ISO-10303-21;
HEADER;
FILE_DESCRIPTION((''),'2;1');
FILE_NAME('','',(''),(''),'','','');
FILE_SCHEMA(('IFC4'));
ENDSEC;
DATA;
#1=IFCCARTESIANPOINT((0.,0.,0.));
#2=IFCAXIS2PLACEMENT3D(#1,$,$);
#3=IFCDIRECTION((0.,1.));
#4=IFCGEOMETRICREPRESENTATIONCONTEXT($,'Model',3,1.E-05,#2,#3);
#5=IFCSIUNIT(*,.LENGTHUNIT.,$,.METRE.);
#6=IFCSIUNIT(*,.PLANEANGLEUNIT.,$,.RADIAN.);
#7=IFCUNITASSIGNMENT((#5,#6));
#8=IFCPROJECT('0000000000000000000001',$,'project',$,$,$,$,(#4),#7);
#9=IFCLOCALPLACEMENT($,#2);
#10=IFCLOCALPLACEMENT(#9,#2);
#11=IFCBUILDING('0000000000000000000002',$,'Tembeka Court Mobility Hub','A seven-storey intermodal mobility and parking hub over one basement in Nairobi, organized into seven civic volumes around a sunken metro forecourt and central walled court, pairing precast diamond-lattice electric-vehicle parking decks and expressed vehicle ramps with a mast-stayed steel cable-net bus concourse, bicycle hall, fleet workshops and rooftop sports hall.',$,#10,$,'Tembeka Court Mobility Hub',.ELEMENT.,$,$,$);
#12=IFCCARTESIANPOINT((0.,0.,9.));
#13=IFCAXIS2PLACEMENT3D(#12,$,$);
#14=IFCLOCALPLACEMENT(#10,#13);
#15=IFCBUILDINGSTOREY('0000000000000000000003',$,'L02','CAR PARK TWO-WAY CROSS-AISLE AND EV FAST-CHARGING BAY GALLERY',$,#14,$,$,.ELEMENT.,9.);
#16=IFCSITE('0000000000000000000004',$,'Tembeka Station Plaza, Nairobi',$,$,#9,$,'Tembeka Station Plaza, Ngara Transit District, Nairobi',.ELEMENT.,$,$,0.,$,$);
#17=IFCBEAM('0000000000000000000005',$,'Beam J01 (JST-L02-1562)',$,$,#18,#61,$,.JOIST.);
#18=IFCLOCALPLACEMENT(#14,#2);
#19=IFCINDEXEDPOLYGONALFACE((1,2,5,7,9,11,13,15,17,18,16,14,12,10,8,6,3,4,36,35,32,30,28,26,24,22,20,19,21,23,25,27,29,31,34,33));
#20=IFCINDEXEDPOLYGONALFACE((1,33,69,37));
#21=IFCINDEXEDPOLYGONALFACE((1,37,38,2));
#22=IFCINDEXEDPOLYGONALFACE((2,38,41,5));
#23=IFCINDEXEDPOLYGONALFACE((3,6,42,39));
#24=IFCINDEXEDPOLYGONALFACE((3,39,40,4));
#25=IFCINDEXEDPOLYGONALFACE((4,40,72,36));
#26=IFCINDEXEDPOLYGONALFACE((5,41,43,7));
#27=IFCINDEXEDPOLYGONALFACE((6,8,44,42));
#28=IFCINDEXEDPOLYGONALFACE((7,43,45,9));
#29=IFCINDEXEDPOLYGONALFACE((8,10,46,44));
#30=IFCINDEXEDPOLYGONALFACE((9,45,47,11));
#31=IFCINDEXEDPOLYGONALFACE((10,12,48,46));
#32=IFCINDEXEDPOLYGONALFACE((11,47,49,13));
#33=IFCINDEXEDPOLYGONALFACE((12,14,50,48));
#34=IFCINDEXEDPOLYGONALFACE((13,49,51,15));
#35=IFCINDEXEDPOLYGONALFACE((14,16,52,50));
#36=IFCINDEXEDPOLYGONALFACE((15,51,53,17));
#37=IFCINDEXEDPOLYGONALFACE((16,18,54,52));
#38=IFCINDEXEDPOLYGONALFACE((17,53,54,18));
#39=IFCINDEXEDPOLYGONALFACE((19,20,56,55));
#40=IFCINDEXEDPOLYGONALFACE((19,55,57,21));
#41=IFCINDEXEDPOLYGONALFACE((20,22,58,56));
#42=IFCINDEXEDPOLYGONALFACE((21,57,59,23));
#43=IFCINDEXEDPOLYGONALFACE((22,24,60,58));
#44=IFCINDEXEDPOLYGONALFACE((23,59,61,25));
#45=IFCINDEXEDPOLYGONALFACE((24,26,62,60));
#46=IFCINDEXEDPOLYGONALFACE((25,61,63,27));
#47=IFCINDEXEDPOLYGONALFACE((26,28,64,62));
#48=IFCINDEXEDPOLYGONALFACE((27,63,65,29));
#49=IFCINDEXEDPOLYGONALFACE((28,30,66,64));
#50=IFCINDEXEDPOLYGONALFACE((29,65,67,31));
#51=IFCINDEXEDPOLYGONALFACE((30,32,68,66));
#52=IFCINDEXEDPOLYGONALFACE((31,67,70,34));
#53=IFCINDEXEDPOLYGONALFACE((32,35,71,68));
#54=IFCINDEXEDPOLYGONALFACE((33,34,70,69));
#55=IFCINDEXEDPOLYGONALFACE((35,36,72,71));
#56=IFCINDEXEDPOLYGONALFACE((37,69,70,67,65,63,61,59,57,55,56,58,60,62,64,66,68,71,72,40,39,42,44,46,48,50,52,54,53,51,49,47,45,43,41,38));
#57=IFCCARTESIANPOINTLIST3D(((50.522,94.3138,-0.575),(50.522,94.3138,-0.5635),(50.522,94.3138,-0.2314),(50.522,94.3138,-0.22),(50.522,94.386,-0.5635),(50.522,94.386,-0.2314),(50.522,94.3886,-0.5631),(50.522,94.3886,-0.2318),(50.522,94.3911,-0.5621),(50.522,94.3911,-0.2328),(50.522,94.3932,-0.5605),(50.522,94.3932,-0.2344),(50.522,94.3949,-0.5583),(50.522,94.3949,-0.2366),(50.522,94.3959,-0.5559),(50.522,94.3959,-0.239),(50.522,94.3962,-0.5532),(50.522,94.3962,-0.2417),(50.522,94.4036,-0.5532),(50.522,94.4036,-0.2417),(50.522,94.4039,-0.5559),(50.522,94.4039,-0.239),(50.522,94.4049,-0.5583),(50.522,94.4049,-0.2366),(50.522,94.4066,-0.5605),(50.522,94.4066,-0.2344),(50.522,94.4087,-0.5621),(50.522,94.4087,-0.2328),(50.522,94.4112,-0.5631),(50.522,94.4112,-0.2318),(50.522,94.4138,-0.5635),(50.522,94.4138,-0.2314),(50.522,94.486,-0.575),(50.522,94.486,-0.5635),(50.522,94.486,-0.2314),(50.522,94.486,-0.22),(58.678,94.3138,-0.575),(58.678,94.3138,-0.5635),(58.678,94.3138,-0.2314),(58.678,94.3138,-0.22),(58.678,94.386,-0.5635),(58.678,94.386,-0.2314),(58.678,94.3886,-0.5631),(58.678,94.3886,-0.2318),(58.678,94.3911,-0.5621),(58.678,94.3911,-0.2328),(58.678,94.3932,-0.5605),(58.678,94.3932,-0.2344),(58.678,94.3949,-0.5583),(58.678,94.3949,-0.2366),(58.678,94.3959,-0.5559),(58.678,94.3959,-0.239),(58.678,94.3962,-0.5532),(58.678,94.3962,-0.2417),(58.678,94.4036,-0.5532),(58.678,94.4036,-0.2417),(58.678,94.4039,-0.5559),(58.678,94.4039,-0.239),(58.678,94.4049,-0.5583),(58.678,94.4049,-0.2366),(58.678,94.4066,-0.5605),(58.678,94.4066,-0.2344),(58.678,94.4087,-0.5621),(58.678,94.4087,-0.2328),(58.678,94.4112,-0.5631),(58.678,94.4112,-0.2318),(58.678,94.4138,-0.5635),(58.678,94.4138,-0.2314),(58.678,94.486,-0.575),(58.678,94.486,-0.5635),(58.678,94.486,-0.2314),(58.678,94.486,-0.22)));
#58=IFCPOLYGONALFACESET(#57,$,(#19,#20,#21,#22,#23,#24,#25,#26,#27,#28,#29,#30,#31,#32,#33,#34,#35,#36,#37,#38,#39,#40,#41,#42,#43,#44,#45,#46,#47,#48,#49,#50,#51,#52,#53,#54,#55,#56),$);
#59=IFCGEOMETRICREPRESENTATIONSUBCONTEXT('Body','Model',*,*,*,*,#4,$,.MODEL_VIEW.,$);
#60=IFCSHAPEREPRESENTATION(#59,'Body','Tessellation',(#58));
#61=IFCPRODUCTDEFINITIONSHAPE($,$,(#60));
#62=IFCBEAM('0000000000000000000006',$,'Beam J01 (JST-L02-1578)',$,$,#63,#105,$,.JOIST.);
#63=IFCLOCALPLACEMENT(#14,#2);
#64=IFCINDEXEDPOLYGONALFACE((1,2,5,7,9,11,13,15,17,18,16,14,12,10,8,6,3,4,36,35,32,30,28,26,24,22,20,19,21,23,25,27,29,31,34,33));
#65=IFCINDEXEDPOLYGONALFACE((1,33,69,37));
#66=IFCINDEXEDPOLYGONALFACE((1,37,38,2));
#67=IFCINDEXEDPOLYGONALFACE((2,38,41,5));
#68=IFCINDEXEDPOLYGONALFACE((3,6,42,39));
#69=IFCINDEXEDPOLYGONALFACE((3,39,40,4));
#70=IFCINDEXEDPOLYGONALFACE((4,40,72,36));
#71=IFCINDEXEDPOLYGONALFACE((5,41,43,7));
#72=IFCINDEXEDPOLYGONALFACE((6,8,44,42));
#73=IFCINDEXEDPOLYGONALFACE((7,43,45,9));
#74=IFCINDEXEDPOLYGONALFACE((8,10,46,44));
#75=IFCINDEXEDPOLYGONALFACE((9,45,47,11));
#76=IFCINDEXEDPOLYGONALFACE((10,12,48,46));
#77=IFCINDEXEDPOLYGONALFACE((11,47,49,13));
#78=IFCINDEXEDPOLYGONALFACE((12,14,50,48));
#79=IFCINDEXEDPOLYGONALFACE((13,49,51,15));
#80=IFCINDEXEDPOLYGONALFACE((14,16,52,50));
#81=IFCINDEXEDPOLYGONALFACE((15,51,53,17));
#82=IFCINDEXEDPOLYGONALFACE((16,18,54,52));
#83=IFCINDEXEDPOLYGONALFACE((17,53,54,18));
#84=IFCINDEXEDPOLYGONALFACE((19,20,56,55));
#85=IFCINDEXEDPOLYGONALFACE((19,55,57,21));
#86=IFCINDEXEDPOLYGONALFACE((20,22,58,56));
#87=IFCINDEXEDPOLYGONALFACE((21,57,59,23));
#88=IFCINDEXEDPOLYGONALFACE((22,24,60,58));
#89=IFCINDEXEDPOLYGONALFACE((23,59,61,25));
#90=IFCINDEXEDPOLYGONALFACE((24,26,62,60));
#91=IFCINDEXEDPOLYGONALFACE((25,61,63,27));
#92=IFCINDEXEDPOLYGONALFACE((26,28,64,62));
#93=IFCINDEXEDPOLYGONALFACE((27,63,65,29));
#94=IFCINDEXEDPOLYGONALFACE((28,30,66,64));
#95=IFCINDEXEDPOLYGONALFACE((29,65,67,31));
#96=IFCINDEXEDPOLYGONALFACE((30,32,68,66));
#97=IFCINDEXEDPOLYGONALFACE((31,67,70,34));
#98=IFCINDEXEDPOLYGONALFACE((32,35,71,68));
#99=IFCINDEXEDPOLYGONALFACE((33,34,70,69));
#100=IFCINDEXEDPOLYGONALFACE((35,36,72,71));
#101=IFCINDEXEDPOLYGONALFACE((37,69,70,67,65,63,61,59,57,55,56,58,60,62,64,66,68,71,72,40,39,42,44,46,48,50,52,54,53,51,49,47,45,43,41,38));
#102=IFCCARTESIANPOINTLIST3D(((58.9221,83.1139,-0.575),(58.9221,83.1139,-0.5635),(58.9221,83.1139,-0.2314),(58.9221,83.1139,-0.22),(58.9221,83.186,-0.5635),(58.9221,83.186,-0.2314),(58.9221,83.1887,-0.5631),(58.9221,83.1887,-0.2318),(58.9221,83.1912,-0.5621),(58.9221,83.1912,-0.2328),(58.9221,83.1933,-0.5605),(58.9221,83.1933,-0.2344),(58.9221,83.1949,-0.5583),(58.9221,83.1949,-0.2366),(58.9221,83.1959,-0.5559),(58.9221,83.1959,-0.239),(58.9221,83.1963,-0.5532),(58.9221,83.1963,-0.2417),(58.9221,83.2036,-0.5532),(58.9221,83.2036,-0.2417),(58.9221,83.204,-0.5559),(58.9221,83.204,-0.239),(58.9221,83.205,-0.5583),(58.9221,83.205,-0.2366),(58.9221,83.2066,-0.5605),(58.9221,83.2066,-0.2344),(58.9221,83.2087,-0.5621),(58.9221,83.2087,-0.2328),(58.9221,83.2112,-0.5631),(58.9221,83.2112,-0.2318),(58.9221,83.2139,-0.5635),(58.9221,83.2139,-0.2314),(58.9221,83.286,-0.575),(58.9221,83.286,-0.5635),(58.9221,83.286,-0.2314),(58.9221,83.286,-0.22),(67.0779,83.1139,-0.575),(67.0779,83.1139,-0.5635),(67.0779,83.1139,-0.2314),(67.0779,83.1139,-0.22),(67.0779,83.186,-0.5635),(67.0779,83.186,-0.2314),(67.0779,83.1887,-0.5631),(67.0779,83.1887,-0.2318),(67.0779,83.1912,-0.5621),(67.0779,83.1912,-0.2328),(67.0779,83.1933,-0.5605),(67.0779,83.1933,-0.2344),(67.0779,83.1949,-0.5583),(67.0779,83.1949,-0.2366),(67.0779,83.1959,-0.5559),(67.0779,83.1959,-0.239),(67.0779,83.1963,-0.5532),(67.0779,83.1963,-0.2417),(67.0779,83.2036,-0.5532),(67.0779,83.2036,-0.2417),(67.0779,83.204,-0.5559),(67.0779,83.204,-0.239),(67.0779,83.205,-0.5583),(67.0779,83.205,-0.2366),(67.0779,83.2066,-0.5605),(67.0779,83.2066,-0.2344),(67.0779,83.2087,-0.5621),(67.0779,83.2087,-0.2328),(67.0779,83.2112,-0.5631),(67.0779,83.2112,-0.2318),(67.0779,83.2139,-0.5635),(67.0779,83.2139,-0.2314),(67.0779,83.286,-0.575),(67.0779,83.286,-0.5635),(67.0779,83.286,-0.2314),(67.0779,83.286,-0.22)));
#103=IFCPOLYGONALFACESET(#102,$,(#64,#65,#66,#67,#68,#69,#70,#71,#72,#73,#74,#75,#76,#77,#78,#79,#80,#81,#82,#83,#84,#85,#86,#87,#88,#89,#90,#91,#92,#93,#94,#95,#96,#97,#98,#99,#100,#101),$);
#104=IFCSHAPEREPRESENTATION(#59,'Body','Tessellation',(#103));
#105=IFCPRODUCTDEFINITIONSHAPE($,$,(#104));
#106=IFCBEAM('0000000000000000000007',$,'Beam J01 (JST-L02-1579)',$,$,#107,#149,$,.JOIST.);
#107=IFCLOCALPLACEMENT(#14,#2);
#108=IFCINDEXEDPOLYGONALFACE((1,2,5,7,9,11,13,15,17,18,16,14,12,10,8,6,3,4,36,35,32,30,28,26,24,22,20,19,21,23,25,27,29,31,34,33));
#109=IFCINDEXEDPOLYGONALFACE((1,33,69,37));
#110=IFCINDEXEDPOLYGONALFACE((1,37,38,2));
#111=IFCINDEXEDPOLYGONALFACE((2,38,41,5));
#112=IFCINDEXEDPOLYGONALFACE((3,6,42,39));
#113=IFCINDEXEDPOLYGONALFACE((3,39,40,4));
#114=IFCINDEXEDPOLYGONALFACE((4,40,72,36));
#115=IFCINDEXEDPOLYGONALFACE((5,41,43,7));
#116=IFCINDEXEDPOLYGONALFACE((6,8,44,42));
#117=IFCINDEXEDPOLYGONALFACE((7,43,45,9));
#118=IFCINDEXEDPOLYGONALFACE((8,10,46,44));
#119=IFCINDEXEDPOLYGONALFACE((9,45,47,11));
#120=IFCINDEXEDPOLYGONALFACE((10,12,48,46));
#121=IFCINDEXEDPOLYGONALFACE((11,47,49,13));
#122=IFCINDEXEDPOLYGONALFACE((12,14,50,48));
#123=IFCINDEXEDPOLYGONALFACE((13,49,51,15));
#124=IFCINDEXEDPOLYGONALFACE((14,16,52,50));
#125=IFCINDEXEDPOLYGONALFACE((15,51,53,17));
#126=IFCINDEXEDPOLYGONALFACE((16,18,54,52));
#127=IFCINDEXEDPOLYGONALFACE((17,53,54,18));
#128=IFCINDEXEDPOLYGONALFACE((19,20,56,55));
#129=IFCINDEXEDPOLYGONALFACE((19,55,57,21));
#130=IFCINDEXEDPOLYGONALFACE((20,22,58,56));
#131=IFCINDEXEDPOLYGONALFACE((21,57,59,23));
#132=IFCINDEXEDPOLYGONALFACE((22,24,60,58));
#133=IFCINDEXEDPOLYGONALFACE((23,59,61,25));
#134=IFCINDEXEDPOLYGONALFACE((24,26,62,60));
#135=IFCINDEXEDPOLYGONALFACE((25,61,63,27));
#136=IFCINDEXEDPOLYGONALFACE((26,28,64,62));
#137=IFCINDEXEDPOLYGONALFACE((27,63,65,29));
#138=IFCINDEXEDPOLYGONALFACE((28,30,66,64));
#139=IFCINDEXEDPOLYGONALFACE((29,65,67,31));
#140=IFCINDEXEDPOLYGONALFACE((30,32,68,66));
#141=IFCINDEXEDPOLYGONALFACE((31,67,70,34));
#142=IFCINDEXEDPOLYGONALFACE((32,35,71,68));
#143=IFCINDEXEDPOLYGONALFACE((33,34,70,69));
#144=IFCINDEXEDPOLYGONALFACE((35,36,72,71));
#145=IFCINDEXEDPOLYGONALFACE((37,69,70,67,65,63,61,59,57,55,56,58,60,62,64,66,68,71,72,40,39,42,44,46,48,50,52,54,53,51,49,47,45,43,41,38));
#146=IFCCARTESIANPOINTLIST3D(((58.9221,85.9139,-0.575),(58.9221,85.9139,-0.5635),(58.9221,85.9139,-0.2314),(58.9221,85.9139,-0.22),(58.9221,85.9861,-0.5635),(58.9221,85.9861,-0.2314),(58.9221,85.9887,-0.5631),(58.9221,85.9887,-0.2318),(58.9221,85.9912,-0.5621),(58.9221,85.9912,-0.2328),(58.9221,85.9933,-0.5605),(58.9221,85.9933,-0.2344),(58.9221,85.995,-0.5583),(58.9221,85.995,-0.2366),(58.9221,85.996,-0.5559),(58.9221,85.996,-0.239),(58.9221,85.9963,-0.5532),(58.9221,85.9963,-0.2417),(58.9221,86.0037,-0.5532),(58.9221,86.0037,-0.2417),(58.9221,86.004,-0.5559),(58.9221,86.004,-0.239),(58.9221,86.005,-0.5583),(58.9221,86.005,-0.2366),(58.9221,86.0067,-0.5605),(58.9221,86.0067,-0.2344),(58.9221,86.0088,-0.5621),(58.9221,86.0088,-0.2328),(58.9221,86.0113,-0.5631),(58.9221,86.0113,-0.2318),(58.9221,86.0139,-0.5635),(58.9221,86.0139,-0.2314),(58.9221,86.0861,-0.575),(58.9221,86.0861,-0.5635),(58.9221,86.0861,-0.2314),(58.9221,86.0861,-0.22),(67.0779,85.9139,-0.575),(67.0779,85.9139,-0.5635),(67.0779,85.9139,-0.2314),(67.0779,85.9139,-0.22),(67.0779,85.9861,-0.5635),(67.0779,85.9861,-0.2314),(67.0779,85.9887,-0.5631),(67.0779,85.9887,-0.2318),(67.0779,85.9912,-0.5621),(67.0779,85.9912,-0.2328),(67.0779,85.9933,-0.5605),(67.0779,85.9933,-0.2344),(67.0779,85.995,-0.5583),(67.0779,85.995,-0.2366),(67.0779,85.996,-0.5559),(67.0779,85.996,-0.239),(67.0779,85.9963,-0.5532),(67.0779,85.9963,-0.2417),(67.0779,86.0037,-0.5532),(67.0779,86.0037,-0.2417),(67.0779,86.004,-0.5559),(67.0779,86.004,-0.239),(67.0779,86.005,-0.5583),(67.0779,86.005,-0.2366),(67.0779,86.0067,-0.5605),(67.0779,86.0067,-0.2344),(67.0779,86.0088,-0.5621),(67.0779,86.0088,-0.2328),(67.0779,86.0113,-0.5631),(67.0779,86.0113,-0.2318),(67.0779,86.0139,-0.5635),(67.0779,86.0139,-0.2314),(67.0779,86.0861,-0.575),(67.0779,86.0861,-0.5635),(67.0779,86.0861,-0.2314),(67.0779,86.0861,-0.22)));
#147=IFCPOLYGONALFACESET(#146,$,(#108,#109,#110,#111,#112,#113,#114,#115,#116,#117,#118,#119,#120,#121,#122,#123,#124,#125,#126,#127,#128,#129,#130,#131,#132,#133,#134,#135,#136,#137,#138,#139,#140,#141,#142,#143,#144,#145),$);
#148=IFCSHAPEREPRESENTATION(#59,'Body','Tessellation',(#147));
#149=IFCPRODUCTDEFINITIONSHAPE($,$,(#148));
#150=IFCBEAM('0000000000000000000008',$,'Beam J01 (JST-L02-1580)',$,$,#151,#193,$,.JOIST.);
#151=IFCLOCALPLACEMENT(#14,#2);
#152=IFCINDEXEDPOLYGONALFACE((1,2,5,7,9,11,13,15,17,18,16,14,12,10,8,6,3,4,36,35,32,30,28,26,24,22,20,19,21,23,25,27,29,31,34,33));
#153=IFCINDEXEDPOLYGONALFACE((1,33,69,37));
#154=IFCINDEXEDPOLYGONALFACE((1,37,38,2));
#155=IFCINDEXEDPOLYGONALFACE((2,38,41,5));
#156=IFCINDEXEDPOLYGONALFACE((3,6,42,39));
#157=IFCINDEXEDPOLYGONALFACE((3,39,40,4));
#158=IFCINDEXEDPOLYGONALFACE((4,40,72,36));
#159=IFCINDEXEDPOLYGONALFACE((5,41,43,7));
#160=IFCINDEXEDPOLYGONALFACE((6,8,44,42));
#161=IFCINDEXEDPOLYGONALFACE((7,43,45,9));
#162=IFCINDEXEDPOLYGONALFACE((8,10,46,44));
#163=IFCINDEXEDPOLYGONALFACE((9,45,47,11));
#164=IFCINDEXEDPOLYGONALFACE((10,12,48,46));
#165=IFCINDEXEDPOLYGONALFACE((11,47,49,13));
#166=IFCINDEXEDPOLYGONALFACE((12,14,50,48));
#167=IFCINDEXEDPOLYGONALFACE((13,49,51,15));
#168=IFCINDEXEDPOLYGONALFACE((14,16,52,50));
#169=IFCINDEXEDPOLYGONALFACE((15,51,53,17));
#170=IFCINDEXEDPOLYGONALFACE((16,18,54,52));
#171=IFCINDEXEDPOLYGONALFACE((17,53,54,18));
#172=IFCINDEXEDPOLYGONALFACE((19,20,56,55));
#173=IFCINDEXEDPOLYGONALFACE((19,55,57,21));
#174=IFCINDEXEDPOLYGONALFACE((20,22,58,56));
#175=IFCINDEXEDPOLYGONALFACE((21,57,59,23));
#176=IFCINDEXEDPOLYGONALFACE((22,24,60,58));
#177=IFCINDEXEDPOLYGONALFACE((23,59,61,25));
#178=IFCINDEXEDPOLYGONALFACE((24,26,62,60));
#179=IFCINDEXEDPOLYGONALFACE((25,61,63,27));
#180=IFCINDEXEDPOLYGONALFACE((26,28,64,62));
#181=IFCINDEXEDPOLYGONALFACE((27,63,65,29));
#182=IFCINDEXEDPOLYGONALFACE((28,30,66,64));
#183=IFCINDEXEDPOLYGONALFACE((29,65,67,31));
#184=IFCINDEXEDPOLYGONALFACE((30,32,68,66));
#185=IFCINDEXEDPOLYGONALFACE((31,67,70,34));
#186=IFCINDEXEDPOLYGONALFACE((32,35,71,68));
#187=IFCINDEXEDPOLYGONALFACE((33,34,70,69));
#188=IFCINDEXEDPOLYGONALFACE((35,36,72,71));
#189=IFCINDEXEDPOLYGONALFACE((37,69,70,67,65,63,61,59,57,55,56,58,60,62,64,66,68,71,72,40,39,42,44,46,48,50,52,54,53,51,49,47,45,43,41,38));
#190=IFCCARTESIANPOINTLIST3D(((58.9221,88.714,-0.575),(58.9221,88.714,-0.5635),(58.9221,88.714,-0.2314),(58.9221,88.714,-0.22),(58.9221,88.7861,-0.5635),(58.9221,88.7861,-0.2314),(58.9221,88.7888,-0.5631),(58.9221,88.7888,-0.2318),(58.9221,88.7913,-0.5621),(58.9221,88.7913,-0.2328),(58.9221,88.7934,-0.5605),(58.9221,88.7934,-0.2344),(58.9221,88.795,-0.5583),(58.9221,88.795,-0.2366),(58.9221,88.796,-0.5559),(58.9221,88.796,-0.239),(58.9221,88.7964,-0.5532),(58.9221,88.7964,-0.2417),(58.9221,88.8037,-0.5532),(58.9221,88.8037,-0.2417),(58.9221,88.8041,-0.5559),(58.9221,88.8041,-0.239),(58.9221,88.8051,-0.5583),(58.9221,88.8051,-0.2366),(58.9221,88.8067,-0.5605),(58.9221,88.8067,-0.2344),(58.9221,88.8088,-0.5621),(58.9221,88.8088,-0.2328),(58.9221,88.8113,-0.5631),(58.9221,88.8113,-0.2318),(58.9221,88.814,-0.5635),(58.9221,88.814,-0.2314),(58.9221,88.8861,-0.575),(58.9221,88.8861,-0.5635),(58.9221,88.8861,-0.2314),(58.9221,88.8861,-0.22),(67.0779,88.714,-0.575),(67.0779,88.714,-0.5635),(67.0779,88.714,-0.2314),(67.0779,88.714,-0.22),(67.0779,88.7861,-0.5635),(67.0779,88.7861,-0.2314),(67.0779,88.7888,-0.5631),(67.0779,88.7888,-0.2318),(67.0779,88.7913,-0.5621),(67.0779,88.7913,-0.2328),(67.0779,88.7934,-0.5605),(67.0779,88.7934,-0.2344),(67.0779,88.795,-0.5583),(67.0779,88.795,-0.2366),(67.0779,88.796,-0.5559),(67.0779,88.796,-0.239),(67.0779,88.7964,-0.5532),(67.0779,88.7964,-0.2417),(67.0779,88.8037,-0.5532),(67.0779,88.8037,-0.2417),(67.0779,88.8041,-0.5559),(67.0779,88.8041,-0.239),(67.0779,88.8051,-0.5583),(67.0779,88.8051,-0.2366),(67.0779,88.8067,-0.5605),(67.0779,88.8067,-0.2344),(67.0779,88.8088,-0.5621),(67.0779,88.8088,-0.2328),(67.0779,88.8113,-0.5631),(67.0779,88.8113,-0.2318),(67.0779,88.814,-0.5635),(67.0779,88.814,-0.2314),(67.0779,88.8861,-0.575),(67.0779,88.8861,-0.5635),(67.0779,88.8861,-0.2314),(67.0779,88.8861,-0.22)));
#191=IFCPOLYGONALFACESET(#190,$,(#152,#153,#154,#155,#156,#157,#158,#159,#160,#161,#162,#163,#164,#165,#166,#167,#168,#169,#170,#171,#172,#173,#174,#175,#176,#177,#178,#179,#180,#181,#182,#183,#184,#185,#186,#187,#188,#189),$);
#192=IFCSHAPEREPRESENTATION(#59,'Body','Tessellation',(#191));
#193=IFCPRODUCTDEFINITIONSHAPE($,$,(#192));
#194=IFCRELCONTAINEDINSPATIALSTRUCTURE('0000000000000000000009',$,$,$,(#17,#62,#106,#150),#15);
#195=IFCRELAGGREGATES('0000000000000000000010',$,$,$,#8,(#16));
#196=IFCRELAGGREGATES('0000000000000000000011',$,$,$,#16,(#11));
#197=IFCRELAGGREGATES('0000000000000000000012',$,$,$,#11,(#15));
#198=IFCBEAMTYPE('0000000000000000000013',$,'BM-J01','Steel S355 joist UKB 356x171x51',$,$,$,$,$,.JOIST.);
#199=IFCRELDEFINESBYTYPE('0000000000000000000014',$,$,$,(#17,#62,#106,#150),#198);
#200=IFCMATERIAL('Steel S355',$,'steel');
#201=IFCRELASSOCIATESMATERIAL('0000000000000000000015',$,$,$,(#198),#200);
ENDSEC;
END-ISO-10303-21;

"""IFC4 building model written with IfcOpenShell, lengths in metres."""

from ifc_helpers import new_model, si_unit, direction, frame, origin, origin_2d, place, context, subcontext, project, spatial, i_section, extrude, material, material_profile, profile_set, type_object, element, save


model = new_model("IFC4")

# Units and contexts
model_context = context("Model", 3, precision=1e-05, world=origin(), true_north=direction((0.0, 1.0)))
body_context = subcontext(model_context, "Body", "Model", "MODEL_VIEW")
ifc_project = project(units=[si_unit("LENGTHUNIT", "METRE"), si_unit("PLANEANGLEUNIT", "RADIAN")], contexts=[model_context])

# Site, building, storey
site_placement = place(None, origin())
site = spatial("IfcSite", under=ifc_project, at=site_placement, Name="Tembeka Station Plaza, Nairobi", LongName="Tembeka Station Plaza, Ngara Transit District, Nairobi", CompositionType="ELEMENT", RefElevation=0.0)
building_placement = place(site_placement, origin())
building = spatial("IfcBuilding", under=site, at=building_placement, Name="Tembeka Court Mobility Hub", Description="A seven-storey intermodal mobility and parking hub over one basement in Nairobi, organized into seven civic volumes around a sunken metro forecourt and central walled court, pairing precast diamond-lattice electric-vehicle parking decks and expressed vehicle ramps with a mast-stayed steel cable-net bus concourse, bicycle hall, fleet workshops and rooftop sports hall.", LongName="Tembeka Court Mobility Hub", CompositionType="ELEMENT")
storey_placement = place(building_placement, frame((0.0, 0.0, 9.0)))
storey = spatial("IfcBuildingStorey", under=building, at=storey_placement, Name="L02", Description="CAR PARK TWO-WAY CROSS-AISLE AND EV FAST-CHARGING BAY GALLERY", CompositionType="ELEMENT", Elevation=9.0)

# Shared definitions
ifc_material = material(Name="Steel S355", Category="steel")

# Beams
ifc_material_profile_1 = material_profile(ifc_material, i_section(OverallWidth=0.1721, OverallDepth=0.355, WebThickness=0.0073, FlangeThickness=0.0115, FilletRadius=0.0103, at=origin_2d()), Name="UKB 356x171x51")
ifc_profile_set_1 = profile_set([ifc_material_profile_1], Name="Steel S355")
beam_type_1 = type_object("IfcBeamType", Name="BM-J01", Description="Steel S355 joist UKB 356x171x51", PredefinedType="JOIST", material=ifc_profile_set_1)
for number, where, z_axis, x_axis, name in (
    (1, (50.522, 94.3999, -0.3975), (1.0, 0.0, 0.0), (0.0, 1.0, 0.0), "Beam J01 (JST-L02-1562)"),
):
    element("IfcBeam", number, at=place(storey_placement, frame(where, z_axis=z_axis, x_axis=x_axis)), inside=storey, type_object=beam_type_1, Name=name, PredefinedType="JOIST", context=body_context, shape_type="SweptSolid", body=[
        extrude(i_section(OverallWidth=0.1721, OverallDepth=0.355, WebThickness=0.0073, FlangeThickness=0.0115, FilletRadius=0.0103, at=origin_2d()), origin(), (0.0, 0.0, 1.0), 8.156),
    ])
for number, where, z_axis, x_axis, name in (
    (2, (58.9221, 83.2, -0.3975), (1.0, 0.0, 0.0), (0.0, 1.0, 0.0), "Beam J01 (JST-L02-1578)"),
    (3, (58.9221, 86.0, -0.3975), (1.0, 0.0, 0.0), (0.0, 1.0, 0.0), "Beam J01 (JST-L02-1579)"),
    (4, (58.9221, 88.8, -0.3975), (1.0, 0.0, 0.0), (0.0, 1.0, 0.0), "Beam J01 (JST-L02-1580)"),
):
    element("IfcBeam", number, at=place(storey_placement, frame(where, z_axis=z_axis, x_axis=x_axis)), inside=storey, type_object=beam_type_1, Name=name, PredefinedType="JOIST", context=body_context, shape_type="SweptSolid", body=[
        extrude(i_section(OverallWidth=0.1721, OverallDepth=0.355, WebThickness=0.0073, FlangeThickness=0.0115, FilletRadius=0.0103, at=origin_2d()), origin(), (0.0, 0.0, 1.0), 8.1558),
    ])

save(model, "model.ifc")
